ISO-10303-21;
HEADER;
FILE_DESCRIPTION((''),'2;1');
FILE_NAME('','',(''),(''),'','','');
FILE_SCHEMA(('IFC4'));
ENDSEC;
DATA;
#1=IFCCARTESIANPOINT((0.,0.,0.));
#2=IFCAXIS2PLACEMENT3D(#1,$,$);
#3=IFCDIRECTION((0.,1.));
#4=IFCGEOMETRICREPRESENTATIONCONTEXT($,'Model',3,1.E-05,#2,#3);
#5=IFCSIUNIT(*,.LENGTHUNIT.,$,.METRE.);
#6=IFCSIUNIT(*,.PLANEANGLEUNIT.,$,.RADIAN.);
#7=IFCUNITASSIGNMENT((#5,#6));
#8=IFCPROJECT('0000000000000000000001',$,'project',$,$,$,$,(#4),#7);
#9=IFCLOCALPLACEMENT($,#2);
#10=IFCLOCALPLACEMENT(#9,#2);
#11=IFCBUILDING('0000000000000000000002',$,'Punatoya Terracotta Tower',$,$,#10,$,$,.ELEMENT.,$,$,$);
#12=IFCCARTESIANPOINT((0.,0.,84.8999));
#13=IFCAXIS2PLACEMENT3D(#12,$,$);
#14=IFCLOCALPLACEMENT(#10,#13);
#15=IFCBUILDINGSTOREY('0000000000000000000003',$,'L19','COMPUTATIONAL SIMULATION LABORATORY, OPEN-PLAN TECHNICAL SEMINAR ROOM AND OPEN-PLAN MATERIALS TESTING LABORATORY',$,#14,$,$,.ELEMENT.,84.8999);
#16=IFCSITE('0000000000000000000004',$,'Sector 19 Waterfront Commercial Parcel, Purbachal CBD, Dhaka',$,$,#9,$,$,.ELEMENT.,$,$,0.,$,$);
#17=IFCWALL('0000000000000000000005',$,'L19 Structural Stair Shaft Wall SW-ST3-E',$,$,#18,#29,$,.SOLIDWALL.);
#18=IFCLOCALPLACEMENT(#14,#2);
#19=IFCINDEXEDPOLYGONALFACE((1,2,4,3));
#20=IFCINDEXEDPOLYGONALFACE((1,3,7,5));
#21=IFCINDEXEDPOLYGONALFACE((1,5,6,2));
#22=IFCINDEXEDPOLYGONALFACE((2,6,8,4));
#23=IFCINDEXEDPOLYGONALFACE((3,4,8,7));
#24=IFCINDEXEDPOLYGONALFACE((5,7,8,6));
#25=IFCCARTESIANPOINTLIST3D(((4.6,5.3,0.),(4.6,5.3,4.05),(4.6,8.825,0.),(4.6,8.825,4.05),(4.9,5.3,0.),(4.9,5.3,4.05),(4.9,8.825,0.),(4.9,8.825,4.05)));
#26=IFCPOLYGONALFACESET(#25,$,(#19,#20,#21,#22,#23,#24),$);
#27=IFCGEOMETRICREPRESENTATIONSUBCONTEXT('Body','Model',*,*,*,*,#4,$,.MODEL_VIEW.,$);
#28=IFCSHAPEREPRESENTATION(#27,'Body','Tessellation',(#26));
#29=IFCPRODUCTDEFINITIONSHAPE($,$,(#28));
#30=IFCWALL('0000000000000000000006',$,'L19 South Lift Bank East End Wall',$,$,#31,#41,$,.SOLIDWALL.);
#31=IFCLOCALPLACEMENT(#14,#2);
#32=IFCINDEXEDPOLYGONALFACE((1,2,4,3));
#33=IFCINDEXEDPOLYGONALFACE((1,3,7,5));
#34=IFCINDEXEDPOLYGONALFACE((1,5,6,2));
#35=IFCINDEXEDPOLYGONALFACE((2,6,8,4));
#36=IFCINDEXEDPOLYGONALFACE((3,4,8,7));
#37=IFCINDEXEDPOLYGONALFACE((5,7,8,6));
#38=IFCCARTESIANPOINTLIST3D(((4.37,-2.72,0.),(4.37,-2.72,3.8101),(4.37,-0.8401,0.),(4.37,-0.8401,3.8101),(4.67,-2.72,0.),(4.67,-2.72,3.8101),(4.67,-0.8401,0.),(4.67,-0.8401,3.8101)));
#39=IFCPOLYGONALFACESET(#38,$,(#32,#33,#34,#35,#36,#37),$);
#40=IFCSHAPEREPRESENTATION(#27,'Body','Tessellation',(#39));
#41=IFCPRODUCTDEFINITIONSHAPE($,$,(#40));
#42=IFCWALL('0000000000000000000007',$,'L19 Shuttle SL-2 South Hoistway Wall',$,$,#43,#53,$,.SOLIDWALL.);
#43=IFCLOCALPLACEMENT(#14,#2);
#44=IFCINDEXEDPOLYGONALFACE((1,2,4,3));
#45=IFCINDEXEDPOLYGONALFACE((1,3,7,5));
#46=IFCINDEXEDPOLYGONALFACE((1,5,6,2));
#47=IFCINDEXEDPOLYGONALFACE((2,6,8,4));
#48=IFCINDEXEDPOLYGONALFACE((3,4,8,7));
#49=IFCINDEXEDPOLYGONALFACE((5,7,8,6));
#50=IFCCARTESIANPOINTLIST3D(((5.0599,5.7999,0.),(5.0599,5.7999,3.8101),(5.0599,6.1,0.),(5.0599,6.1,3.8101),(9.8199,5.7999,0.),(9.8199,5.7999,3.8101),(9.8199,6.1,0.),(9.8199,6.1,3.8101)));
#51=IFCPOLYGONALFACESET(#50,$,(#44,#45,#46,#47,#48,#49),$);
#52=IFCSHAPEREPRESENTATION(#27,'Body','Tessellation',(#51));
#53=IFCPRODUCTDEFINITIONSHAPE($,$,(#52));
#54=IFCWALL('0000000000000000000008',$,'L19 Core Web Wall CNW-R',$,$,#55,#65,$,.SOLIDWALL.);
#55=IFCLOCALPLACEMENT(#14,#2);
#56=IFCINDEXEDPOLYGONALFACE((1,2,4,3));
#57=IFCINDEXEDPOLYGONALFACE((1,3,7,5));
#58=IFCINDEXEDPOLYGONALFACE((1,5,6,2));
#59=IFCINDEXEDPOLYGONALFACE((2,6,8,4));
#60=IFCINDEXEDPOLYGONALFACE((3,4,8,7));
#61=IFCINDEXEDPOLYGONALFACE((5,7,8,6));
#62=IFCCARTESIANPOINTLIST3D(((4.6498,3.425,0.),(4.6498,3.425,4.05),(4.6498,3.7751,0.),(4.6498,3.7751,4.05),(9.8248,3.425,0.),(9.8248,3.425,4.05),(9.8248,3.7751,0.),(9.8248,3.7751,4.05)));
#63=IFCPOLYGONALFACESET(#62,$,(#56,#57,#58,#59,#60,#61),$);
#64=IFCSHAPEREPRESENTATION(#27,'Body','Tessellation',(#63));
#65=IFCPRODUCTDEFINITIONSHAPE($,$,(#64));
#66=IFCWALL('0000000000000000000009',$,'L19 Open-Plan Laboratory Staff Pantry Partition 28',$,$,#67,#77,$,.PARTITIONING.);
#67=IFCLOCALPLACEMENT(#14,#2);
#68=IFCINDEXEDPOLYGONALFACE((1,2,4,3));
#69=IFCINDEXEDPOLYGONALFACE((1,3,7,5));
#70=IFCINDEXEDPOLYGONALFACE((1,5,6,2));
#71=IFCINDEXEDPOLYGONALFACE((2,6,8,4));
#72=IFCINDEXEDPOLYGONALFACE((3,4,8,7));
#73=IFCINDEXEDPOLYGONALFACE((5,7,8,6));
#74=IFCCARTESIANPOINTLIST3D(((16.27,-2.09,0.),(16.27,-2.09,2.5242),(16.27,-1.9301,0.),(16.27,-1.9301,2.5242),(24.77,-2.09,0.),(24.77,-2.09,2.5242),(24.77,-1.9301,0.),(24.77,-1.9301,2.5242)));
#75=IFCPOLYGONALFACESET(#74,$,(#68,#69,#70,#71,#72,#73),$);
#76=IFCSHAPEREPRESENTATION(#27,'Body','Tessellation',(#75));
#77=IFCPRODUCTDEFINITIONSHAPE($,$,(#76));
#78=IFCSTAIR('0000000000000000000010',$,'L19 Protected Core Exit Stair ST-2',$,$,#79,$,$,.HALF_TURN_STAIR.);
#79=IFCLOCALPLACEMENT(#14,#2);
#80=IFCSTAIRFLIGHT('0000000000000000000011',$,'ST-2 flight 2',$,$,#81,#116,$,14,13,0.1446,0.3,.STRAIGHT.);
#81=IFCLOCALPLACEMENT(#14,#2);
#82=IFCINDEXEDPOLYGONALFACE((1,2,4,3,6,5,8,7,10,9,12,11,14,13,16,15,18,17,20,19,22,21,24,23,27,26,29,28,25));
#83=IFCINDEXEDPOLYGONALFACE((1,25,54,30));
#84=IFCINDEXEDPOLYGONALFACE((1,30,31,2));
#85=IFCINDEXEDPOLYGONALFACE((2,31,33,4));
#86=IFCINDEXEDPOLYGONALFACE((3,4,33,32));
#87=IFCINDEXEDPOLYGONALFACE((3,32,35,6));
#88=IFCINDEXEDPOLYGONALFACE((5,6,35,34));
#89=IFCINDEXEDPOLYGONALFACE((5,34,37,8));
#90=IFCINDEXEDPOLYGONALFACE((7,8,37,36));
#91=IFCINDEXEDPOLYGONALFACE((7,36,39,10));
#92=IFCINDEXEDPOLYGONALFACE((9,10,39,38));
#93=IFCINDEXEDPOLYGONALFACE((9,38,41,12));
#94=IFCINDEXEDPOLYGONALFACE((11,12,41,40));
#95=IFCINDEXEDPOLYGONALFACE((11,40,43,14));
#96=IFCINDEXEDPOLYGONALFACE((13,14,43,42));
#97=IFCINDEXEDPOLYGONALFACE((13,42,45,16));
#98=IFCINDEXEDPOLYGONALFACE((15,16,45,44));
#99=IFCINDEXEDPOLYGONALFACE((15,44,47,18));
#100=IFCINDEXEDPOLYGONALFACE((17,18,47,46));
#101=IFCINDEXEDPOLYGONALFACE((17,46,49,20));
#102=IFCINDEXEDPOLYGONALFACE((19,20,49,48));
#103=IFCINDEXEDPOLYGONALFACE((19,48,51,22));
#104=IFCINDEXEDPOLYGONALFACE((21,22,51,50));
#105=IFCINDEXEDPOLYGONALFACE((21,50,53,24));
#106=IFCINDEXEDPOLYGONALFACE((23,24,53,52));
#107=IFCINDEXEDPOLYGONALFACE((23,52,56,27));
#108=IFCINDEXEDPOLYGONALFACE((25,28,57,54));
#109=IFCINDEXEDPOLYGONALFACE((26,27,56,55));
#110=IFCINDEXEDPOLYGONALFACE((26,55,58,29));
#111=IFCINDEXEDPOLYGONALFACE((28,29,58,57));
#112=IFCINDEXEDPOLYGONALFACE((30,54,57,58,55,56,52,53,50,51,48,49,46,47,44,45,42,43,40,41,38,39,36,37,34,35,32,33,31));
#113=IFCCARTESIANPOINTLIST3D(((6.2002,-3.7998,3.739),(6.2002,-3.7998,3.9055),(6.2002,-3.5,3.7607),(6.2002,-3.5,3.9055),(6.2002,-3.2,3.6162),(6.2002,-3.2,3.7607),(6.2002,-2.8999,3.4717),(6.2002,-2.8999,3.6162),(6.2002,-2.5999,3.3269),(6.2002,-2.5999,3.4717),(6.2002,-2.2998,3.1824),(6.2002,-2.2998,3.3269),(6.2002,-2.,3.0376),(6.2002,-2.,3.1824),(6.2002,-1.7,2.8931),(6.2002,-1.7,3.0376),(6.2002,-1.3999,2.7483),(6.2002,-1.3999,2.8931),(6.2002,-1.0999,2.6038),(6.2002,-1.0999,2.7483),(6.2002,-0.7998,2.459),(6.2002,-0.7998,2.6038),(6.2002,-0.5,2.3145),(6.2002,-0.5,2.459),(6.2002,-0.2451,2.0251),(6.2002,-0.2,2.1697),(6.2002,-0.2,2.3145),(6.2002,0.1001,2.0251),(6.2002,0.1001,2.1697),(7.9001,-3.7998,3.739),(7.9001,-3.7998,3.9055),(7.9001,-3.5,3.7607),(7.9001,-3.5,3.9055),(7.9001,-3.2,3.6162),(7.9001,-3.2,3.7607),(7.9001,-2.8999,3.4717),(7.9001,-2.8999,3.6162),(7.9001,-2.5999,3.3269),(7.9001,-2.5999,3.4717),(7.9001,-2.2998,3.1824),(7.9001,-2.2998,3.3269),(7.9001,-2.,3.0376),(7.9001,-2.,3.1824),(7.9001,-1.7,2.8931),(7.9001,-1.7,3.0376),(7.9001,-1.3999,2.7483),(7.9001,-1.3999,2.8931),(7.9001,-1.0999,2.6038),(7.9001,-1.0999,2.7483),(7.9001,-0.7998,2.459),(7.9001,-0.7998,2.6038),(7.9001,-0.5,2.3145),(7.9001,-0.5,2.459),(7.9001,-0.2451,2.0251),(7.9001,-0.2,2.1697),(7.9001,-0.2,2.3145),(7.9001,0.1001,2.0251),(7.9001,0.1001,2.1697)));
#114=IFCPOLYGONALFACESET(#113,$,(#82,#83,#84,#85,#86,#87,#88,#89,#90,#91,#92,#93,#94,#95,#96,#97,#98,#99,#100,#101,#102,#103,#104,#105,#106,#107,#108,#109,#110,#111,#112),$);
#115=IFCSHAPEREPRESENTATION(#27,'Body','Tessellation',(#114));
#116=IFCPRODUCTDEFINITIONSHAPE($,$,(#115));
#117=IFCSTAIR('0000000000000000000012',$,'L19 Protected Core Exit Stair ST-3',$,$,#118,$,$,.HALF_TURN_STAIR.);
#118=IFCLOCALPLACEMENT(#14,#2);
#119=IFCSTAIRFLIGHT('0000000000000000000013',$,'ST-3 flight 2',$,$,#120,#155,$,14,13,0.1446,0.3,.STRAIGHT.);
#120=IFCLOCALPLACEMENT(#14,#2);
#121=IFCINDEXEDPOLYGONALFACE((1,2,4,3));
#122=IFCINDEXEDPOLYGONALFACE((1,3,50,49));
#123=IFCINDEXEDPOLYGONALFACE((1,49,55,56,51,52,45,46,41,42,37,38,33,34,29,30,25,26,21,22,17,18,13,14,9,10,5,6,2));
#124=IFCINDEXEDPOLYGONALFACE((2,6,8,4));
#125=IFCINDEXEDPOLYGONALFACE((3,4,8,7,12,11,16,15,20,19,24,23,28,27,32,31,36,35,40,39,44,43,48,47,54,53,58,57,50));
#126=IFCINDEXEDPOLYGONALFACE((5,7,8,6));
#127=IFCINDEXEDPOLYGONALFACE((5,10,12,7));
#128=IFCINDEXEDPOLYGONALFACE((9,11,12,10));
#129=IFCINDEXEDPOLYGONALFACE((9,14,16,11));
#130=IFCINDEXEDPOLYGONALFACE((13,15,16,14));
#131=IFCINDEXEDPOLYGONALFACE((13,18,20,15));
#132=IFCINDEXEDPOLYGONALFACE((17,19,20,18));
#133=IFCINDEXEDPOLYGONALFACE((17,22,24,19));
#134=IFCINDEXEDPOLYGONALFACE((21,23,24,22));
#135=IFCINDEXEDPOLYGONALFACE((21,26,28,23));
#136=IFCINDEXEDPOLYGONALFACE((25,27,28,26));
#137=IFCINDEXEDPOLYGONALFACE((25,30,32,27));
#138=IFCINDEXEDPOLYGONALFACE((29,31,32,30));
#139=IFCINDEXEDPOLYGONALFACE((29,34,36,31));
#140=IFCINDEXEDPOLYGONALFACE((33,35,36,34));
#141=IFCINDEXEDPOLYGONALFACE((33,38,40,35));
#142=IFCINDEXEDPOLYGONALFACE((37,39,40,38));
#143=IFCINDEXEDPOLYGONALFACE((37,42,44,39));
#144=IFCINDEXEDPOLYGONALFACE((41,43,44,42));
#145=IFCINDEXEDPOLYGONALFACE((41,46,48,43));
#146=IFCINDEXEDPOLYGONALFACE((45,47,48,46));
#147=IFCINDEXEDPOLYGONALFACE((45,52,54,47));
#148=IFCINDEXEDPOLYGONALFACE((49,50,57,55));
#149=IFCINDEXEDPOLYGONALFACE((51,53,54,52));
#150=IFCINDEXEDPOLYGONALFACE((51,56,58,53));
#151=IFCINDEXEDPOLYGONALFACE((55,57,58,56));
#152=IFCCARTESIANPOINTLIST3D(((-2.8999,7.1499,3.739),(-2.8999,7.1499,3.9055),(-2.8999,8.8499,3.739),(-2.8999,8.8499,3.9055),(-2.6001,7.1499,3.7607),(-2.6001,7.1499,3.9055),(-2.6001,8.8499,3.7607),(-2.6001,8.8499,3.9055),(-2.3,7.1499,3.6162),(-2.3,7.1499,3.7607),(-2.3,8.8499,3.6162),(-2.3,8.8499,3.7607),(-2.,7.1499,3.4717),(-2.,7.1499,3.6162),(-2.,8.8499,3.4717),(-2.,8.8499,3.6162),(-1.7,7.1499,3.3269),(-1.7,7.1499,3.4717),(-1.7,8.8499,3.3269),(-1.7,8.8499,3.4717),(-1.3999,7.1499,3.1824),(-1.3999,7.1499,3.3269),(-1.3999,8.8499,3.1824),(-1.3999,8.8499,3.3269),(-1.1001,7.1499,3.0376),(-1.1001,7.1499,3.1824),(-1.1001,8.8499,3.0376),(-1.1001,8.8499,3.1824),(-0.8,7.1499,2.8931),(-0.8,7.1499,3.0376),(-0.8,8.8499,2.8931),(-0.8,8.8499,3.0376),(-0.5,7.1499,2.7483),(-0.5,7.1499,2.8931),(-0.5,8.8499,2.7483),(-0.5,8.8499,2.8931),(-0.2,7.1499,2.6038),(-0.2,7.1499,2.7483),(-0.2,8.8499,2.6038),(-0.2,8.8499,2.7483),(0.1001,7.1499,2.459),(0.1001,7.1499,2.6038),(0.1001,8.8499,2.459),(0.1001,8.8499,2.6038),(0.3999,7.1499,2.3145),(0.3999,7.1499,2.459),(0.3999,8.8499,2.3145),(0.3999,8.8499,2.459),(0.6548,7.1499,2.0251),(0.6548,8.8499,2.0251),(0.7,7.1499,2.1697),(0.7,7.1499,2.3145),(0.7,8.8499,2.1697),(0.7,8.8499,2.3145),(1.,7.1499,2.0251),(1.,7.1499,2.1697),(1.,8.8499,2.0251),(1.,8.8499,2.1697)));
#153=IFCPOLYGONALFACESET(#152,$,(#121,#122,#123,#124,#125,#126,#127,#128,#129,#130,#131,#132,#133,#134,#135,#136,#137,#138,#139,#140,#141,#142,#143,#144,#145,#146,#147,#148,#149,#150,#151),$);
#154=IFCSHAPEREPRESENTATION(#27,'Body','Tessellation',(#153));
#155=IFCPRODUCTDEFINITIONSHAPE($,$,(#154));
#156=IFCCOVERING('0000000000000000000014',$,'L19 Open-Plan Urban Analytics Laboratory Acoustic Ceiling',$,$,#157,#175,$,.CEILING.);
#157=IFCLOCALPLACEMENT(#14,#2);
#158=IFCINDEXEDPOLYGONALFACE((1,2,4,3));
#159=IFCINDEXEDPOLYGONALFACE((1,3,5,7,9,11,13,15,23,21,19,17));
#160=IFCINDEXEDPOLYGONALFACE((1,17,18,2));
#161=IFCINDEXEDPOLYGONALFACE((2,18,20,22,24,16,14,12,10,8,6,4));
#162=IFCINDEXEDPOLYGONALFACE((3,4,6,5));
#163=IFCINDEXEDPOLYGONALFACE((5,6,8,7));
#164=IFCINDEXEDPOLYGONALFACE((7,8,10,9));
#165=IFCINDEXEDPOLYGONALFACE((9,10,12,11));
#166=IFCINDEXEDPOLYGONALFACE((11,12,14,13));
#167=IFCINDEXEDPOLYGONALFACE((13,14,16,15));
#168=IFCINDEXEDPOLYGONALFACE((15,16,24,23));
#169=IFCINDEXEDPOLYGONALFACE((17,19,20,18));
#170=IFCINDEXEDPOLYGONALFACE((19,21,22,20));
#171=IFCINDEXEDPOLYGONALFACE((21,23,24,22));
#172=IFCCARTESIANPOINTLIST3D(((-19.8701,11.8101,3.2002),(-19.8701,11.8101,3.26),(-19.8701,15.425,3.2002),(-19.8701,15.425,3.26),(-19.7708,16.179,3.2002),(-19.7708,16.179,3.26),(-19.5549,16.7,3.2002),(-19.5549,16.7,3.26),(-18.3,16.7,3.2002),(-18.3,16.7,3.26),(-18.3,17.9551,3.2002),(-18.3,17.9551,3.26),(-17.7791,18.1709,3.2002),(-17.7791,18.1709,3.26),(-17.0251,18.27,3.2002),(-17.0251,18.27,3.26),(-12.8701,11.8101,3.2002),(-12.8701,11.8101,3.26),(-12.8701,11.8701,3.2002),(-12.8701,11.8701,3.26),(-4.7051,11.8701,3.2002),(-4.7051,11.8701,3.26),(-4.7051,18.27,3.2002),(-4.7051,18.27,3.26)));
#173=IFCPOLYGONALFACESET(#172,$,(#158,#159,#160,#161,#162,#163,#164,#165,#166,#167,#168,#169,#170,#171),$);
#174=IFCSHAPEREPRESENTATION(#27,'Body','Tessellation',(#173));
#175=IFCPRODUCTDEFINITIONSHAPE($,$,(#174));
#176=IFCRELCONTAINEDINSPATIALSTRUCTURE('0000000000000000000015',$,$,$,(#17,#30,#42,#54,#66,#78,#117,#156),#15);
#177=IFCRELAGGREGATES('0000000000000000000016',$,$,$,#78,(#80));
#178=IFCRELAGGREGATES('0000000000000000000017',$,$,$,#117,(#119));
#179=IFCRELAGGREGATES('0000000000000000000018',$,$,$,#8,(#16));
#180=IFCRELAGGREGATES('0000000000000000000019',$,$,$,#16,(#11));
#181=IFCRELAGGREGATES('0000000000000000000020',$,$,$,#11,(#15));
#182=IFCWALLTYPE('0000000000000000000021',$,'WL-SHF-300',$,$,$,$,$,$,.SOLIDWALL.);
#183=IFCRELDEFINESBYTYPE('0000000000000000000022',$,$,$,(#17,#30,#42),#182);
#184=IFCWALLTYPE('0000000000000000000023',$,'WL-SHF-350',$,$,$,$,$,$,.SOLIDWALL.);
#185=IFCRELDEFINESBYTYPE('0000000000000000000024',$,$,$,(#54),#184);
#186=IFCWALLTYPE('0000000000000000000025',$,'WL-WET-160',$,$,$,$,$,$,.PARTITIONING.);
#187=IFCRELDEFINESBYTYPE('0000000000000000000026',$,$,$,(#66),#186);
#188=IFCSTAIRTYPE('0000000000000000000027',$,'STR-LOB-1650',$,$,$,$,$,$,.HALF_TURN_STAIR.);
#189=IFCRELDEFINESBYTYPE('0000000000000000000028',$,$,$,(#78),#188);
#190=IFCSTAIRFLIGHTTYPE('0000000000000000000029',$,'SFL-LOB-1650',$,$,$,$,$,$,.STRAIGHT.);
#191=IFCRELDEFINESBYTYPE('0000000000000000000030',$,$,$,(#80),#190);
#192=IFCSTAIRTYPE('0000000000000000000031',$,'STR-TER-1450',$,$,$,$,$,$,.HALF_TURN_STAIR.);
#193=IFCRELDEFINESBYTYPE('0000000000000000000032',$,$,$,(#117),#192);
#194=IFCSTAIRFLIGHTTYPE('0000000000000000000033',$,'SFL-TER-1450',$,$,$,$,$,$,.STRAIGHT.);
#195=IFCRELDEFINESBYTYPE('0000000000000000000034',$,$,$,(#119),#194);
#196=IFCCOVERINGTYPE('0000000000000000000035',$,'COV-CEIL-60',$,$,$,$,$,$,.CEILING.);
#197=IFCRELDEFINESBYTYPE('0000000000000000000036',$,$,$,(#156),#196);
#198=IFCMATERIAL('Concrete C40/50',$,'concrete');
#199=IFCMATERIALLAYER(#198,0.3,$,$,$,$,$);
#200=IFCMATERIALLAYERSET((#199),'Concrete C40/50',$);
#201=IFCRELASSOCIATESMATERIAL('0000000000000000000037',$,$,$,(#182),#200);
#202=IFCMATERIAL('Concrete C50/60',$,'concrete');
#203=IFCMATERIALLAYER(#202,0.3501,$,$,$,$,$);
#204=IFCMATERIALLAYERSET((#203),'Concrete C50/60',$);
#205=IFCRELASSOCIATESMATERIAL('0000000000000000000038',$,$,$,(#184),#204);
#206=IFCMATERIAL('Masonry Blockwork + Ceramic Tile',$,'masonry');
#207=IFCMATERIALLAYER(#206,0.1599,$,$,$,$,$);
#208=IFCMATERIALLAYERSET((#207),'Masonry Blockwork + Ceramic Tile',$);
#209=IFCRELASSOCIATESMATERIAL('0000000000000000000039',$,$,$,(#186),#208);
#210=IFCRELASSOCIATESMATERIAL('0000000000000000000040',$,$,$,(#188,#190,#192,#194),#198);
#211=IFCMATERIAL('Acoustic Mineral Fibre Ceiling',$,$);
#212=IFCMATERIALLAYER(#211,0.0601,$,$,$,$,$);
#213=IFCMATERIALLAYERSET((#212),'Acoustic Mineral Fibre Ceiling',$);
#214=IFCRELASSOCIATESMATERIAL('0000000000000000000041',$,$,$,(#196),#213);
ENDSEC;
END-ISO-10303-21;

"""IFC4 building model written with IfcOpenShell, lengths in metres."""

from ifc_helpers import new_model, si_unit, direction, frame, frame_2d, origin, place, context, subcontext, project, spatial, polyline, rectangle, outline, extrude, material, layer, layer_set, type_object, element, aggregate, save


model = new_model("IFC4")

# Units and contexts
model_context = context("Model", 3, precision=1e-05, world=origin(), true_north=direction((0.0, 1.0)))
body_context = subcontext(model_context, "Body", "Model", "MODEL_VIEW")
ifc_project = project(units=[si_unit("LENGTHUNIT", "METRE"), si_unit("PLANEANGLEUNIT", "RADIAN")], contexts=[model_context])

# Site, building, storey
site_placement = place(None, origin())
site = spatial("IfcSite", under=ifc_project, at=site_placement, Name="Sector 19 Waterfront Commercial Parcel, Purbachal CBD, Dhaka", CompositionType="ELEMENT", RefElevation=0.0)
building_placement = place(site_placement, origin())
building = spatial("IfcBuilding", under=site, at=building_placement, Name="Punatoya Terracotta Tower", CompositionType="ELEMENT")
storey_placement = place(building_placement, frame((0.0, 0.0, 84.8999)))
storey = spatial("IfcBuildingStorey", under=building, at=storey_placement, Name="L19", Description="COMPUTATIONAL SIMULATION LABORATORY, OPEN-PLAN TECHNICAL SEMINAR ROOM AND OPEN-PLAN MATERIALS TESTING LABORATORY", CompositionType="ELEMENT", Elevation=84.8999)

# Walls
ifc_material_1 = material(Name="Concrete C40/50", Category="concrete")
ifc_layer_1 = layer(ifc_material_1, 0.3)
ifc_layer_set_1 = layer_set([ifc_layer_1], Name="Concrete C40/50")
wall_type_1 = type_object("IfcWallType", Name="WL-SHF-300", PredefinedType="SOLIDWALL", material=ifc_layer_set_1)
wall_1_placement = place(storey_placement, frame((4.75, 8.825, 0.0), z_axis=(0.0, 0.0, 1.0), x_axis=(0.0, -1.0, 0.0)))
element("IfcWall", 1, at=wall_1_placement, inside=storey, type_object=wall_type_1, Name="L19 Structural Stair Shaft Wall SW-ST3-E", PredefinedType="SOLIDWALL", context=body_context, shape_type="SweptSolid", body=[
    extrude(rectangle(XDim=3.5249, YDim=0.3, at=frame_2d((1.7625, 0.0))), origin(), (0.0, 0.0, 1.0), 4.05),
])
wall_2_placement = place(storey_placement, frame((4.52, -2.72, 0.0), z_axis=(0.0, 0.0, 1.0), x_axis=(0.0, 1.0, 0.0)))
element("IfcWall", 2, at=wall_2_placement, inside=storey, type_object=wall_type_1, Name="L19 South Lift Bank East End Wall", PredefinedType="SOLIDWALL", context=body_context, shape_type="SweptSolid", body=[
    extrude(rectangle(XDim=1.8799, YDim=0.3, at=frame_2d((0.9399, 0.0))), origin(), (0.0, 0.0, 1.0), 3.8101),
])
wall_3_placement = place(storey_placement, frame((5.0601, 5.95, 0.0), z_axis=(0.0, 0.0, 1.0), x_axis=(1.0, 0.0, 0.0)))
element("IfcWall", 3, at=wall_3_placement, inside=storey, type_object=wall_type_1, Name="L19 Shuttle SL-2 South Hoistway Wall", PredefinedType="SOLIDWALL", context=body_context, shape_type="SweptSolid", body=[
    extrude(rectangle(XDim=4.76, YDim=0.3, at=frame_2d((2.3799, 0.0))), origin(), (0.0, 0.0, 1.0), 3.8101),
])
ifc_material_2 = material(Name="Concrete C50/60", Category="concrete")
ifc_layer_2 = layer(ifc_material_2, 0.3501)
ifc_layer_set_2 = layer_set([ifc_layer_2], Name="Concrete C50/60")
wall_type_2 = type_object("IfcWallType", Name="WL-SHF-350", PredefinedType="SOLIDWALL", material=ifc_layer_set_2)
wall_4_placement = place(storey_placement, frame((4.6499, 3.6001, 0.0), z_axis=(0.0, 0.0, 1.0), x_axis=(1.0, 0.0, 0.0)))
element("IfcWall", 4, at=wall_4_placement, inside=storey, type_object=wall_type_2, Name="L19 Core Web Wall CNW-R", PredefinedType="SOLIDWALL", context=body_context, shape_type="SweptSolid", body=[
    extrude(rectangle(XDim=5.175, YDim=0.3501, at=frame_2d((2.5874, 0.0))), origin(), (0.0, 0.0, 1.0), 4.05),
])
ifc_material_3 = material(Name="Masonry Blockwork + Ceramic Tile", Category="masonry")
ifc_layer_3 = layer(ifc_material_3, 0.1599)
ifc_layer_set_3 = layer_set([ifc_layer_3], Name="Masonry Blockwork + Ceramic Tile")
wall_type_3 = type_object("IfcWallType", Name="WL-WET-160", PredefinedType="PARTITIONING", material=ifc_layer_set_3)
wall_5_placement = place(storey_placement, frame((16.27, -2.01, 0.0), z_axis=(0.0, 0.0, 1.0), x_axis=(1.0, 0.0, 0.0)))
element("IfcWall", 5, at=wall_5_placement, inside=storey, type_object=wall_type_3, Name="L19 Open-Plan Laboratory Staff Pantry Partition 28", PredefinedType="PARTITIONING", context=body_context, shape_type="SweptSolid", body=[
    extrude(rectangle(XDim=8.5, YDim=0.1599, at=frame_2d((4.25, 0.0))), origin(), (0.0, 0.0, 1.0), 2.5242),
])

# Stairs, stair flights
stair_type_1 = type_object("IfcStairType", Name="STR-LOB-1650", PredefinedType="HALF_TURN_STAIR", material=ifc_material_1)
stair_1_placement = place(storey_placement, origin())
stair_1 = element("IfcStair", 6, at=stair_1_placement, inside=storey, type_object=stair_type_1, Name="L19 Protected Core Exit Stair ST-2", PredefinedType="HALF_TURN_STAIR")
stair_flight_type_1 = type_object("IfcStairFlightType", Name="SFL-LOB-1650", PredefinedType="STRAIGHT", material=ifc_material_1)
stair_flight_1_placement = place(storey_placement, frame((7.05, 0.1001, 2.0251), z_axis=(0.0, 0.0, 1.0), x_axis=(0.0, -1.0, 0.0)))
stair_flight_1 = element("IfcStairFlight", 7, at=stair_flight_1_placement, type_object=stair_flight_type_1, Name="ST-2 flight 2", NumberOfRisers=14, NumberOfTreads=13, PredefinedType="STRAIGHT", RiserHeight=0.1446, TreadLength=0.3, context=body_context, shape_type="SweptSolid", body=[
    extrude(outline(polyline([(0.0, 0.0), (0.0, 0.1445), (0.3, 0.1445), (0.3, 0.2893), (0.6001, 0.2893), (0.6001, 0.4338), (0.8999, 0.4338), (0.8999, 0.5786), (1.2, 0.5786), (1.2, 0.7231), (1.5, 0.7231), (1.5, 0.8679), (1.8, 0.8679), (1.8, 1.0125), (2.1001, 1.0125), (2.1001, 1.1572), (2.3999, 1.1572), (2.3999, 1.3018), (2.7, 1.3018), (2.7, 1.4465), (3.0, 1.4465), (3.0, 1.5911), (3.3, 1.5911), (3.3, 1.7356), (3.6001, 1.7356), (3.6001, 1.8804), (3.8999, 1.8804), (3.8999, 2.0249), (3.8999, 1.7139), (0.3452, 0.0), (0.0, 0.0)])), frame((0.0, 0.8501, 0.0), z_axis=(0.0, -1.0, 0.0), x_axis=(1.0, 0.0, 0.0)), (0.0, 0.0, 1.0), 1.7),
])
aggregate(stair_1, [stair_flight_1])
stair_type_2 = type_object("IfcStairType", Name="STR-TER-1450", PredefinedType="HALF_TURN_STAIR", material=ifc_material_1)
stair_2_placement = place(storey_placement, origin())
stair_2 = element("IfcStair", 8, at=stair_2_placement, inside=storey, type_object=stair_type_2, Name="L19 Protected Core Exit Stair ST-3", PredefinedType="HALF_TURN_STAIR")
stair_flight_type_2 = type_object("IfcStairFlightType", Name="SFL-TER-1450", PredefinedType="STRAIGHT", material=ifc_material_1)
stair_flight_2_placement = place(storey_placement, frame((1.0, 8.0, 2.0251), z_axis=(0.0, 0.0, 1.0), x_axis=(-1.0, 0.0, 0.0)))
stair_flight_2 = element("IfcStairFlight", 9, at=stair_flight_2_placement, type_object=stair_flight_type_2, Name="ST-3 flight 2", NumberOfRisers=14, NumberOfTreads=13, PredefinedType="STRAIGHT", RiserHeight=0.1446, TreadLength=0.3, context=body_context, shape_type="SweptSolid", body=[
    extrude(outline(polyline([(0.0, 0.0), (0.0, 0.1445), (0.3, 0.1445), (0.3, 0.2893), (0.6001, 0.2893), (0.6001, 0.4338), (0.8999, 0.4338), (0.8999, 0.5786), (1.2, 0.5786), (1.2, 0.7231), (1.5, 0.7231), (1.5, 0.8679), (1.8, 0.8679), (1.8, 1.0125), (2.1001, 1.0125), (2.1001, 1.1572), (2.3999, 1.1572), (2.3999, 1.3018), (2.7, 1.3018), (2.7, 1.4465), (3.0, 1.4465), (3.0, 1.5911), (3.3, 1.5911), (3.3, 1.7356), (3.6001, 1.7356), (3.6001, 1.8804), (3.8999, 1.8804), (3.8999, 2.0249), (3.8999, 1.7139), (0.3452, 0.0), (0.0, 0.0)])), frame((0.0, 0.8501, 0.0), z_axis=(0.0, -1.0, 0.0), x_axis=(1.0, 0.0, 0.0)), (0.0, 0.0, 1.0), 1.7),
])
aggregate(stair_2, [stair_flight_2])

# Covering
ifc_material_4 = material(Name="Acoustic Mineral Fibre Ceiling")
ifc_layer_4 = layer(ifc_material_4, 0.0601)
ifc_layer_set_4 = layer_set([ifc_layer_4], Name="Acoustic Mineral Fibre Ceiling")
covering_type = type_object("IfcCoveringType", Name="COV-CEIL-60", PredefinedType="CEILING", material=ifc_layer_set_4)
covering_1_placement = place(storey_placement, frame((0.0, 0.0, 3.2002)))
element("IfcCovering", 10, at=covering_1_placement, inside=storey, type_object=covering_type, Name="L19 Open-Plan Urban Analytics Laboratory Acoustic Ceiling", PredefinedType="CEILING", context=body_context, shape_type="SweptSolid", body=[
    extrude(outline(polyline([(-12.8701, 11.8101), (-12.8701, 11.8701), (-4.7051, 11.8701), (-4.7051, 18.27), (-17.0251, 18.27), (-17.7791, 18.1709), (-18.3, 17.9551), (-18.3, 16.7), (-19.5549, 16.7), (-19.7708, 16.179), (-19.8701, 15.425), (-19.8701, 11.8101), (-12.8701, 11.8101)])), origin(), (0.0, 0.0, 1.0), 0.0598),
])

save(model, "model.ifc")
